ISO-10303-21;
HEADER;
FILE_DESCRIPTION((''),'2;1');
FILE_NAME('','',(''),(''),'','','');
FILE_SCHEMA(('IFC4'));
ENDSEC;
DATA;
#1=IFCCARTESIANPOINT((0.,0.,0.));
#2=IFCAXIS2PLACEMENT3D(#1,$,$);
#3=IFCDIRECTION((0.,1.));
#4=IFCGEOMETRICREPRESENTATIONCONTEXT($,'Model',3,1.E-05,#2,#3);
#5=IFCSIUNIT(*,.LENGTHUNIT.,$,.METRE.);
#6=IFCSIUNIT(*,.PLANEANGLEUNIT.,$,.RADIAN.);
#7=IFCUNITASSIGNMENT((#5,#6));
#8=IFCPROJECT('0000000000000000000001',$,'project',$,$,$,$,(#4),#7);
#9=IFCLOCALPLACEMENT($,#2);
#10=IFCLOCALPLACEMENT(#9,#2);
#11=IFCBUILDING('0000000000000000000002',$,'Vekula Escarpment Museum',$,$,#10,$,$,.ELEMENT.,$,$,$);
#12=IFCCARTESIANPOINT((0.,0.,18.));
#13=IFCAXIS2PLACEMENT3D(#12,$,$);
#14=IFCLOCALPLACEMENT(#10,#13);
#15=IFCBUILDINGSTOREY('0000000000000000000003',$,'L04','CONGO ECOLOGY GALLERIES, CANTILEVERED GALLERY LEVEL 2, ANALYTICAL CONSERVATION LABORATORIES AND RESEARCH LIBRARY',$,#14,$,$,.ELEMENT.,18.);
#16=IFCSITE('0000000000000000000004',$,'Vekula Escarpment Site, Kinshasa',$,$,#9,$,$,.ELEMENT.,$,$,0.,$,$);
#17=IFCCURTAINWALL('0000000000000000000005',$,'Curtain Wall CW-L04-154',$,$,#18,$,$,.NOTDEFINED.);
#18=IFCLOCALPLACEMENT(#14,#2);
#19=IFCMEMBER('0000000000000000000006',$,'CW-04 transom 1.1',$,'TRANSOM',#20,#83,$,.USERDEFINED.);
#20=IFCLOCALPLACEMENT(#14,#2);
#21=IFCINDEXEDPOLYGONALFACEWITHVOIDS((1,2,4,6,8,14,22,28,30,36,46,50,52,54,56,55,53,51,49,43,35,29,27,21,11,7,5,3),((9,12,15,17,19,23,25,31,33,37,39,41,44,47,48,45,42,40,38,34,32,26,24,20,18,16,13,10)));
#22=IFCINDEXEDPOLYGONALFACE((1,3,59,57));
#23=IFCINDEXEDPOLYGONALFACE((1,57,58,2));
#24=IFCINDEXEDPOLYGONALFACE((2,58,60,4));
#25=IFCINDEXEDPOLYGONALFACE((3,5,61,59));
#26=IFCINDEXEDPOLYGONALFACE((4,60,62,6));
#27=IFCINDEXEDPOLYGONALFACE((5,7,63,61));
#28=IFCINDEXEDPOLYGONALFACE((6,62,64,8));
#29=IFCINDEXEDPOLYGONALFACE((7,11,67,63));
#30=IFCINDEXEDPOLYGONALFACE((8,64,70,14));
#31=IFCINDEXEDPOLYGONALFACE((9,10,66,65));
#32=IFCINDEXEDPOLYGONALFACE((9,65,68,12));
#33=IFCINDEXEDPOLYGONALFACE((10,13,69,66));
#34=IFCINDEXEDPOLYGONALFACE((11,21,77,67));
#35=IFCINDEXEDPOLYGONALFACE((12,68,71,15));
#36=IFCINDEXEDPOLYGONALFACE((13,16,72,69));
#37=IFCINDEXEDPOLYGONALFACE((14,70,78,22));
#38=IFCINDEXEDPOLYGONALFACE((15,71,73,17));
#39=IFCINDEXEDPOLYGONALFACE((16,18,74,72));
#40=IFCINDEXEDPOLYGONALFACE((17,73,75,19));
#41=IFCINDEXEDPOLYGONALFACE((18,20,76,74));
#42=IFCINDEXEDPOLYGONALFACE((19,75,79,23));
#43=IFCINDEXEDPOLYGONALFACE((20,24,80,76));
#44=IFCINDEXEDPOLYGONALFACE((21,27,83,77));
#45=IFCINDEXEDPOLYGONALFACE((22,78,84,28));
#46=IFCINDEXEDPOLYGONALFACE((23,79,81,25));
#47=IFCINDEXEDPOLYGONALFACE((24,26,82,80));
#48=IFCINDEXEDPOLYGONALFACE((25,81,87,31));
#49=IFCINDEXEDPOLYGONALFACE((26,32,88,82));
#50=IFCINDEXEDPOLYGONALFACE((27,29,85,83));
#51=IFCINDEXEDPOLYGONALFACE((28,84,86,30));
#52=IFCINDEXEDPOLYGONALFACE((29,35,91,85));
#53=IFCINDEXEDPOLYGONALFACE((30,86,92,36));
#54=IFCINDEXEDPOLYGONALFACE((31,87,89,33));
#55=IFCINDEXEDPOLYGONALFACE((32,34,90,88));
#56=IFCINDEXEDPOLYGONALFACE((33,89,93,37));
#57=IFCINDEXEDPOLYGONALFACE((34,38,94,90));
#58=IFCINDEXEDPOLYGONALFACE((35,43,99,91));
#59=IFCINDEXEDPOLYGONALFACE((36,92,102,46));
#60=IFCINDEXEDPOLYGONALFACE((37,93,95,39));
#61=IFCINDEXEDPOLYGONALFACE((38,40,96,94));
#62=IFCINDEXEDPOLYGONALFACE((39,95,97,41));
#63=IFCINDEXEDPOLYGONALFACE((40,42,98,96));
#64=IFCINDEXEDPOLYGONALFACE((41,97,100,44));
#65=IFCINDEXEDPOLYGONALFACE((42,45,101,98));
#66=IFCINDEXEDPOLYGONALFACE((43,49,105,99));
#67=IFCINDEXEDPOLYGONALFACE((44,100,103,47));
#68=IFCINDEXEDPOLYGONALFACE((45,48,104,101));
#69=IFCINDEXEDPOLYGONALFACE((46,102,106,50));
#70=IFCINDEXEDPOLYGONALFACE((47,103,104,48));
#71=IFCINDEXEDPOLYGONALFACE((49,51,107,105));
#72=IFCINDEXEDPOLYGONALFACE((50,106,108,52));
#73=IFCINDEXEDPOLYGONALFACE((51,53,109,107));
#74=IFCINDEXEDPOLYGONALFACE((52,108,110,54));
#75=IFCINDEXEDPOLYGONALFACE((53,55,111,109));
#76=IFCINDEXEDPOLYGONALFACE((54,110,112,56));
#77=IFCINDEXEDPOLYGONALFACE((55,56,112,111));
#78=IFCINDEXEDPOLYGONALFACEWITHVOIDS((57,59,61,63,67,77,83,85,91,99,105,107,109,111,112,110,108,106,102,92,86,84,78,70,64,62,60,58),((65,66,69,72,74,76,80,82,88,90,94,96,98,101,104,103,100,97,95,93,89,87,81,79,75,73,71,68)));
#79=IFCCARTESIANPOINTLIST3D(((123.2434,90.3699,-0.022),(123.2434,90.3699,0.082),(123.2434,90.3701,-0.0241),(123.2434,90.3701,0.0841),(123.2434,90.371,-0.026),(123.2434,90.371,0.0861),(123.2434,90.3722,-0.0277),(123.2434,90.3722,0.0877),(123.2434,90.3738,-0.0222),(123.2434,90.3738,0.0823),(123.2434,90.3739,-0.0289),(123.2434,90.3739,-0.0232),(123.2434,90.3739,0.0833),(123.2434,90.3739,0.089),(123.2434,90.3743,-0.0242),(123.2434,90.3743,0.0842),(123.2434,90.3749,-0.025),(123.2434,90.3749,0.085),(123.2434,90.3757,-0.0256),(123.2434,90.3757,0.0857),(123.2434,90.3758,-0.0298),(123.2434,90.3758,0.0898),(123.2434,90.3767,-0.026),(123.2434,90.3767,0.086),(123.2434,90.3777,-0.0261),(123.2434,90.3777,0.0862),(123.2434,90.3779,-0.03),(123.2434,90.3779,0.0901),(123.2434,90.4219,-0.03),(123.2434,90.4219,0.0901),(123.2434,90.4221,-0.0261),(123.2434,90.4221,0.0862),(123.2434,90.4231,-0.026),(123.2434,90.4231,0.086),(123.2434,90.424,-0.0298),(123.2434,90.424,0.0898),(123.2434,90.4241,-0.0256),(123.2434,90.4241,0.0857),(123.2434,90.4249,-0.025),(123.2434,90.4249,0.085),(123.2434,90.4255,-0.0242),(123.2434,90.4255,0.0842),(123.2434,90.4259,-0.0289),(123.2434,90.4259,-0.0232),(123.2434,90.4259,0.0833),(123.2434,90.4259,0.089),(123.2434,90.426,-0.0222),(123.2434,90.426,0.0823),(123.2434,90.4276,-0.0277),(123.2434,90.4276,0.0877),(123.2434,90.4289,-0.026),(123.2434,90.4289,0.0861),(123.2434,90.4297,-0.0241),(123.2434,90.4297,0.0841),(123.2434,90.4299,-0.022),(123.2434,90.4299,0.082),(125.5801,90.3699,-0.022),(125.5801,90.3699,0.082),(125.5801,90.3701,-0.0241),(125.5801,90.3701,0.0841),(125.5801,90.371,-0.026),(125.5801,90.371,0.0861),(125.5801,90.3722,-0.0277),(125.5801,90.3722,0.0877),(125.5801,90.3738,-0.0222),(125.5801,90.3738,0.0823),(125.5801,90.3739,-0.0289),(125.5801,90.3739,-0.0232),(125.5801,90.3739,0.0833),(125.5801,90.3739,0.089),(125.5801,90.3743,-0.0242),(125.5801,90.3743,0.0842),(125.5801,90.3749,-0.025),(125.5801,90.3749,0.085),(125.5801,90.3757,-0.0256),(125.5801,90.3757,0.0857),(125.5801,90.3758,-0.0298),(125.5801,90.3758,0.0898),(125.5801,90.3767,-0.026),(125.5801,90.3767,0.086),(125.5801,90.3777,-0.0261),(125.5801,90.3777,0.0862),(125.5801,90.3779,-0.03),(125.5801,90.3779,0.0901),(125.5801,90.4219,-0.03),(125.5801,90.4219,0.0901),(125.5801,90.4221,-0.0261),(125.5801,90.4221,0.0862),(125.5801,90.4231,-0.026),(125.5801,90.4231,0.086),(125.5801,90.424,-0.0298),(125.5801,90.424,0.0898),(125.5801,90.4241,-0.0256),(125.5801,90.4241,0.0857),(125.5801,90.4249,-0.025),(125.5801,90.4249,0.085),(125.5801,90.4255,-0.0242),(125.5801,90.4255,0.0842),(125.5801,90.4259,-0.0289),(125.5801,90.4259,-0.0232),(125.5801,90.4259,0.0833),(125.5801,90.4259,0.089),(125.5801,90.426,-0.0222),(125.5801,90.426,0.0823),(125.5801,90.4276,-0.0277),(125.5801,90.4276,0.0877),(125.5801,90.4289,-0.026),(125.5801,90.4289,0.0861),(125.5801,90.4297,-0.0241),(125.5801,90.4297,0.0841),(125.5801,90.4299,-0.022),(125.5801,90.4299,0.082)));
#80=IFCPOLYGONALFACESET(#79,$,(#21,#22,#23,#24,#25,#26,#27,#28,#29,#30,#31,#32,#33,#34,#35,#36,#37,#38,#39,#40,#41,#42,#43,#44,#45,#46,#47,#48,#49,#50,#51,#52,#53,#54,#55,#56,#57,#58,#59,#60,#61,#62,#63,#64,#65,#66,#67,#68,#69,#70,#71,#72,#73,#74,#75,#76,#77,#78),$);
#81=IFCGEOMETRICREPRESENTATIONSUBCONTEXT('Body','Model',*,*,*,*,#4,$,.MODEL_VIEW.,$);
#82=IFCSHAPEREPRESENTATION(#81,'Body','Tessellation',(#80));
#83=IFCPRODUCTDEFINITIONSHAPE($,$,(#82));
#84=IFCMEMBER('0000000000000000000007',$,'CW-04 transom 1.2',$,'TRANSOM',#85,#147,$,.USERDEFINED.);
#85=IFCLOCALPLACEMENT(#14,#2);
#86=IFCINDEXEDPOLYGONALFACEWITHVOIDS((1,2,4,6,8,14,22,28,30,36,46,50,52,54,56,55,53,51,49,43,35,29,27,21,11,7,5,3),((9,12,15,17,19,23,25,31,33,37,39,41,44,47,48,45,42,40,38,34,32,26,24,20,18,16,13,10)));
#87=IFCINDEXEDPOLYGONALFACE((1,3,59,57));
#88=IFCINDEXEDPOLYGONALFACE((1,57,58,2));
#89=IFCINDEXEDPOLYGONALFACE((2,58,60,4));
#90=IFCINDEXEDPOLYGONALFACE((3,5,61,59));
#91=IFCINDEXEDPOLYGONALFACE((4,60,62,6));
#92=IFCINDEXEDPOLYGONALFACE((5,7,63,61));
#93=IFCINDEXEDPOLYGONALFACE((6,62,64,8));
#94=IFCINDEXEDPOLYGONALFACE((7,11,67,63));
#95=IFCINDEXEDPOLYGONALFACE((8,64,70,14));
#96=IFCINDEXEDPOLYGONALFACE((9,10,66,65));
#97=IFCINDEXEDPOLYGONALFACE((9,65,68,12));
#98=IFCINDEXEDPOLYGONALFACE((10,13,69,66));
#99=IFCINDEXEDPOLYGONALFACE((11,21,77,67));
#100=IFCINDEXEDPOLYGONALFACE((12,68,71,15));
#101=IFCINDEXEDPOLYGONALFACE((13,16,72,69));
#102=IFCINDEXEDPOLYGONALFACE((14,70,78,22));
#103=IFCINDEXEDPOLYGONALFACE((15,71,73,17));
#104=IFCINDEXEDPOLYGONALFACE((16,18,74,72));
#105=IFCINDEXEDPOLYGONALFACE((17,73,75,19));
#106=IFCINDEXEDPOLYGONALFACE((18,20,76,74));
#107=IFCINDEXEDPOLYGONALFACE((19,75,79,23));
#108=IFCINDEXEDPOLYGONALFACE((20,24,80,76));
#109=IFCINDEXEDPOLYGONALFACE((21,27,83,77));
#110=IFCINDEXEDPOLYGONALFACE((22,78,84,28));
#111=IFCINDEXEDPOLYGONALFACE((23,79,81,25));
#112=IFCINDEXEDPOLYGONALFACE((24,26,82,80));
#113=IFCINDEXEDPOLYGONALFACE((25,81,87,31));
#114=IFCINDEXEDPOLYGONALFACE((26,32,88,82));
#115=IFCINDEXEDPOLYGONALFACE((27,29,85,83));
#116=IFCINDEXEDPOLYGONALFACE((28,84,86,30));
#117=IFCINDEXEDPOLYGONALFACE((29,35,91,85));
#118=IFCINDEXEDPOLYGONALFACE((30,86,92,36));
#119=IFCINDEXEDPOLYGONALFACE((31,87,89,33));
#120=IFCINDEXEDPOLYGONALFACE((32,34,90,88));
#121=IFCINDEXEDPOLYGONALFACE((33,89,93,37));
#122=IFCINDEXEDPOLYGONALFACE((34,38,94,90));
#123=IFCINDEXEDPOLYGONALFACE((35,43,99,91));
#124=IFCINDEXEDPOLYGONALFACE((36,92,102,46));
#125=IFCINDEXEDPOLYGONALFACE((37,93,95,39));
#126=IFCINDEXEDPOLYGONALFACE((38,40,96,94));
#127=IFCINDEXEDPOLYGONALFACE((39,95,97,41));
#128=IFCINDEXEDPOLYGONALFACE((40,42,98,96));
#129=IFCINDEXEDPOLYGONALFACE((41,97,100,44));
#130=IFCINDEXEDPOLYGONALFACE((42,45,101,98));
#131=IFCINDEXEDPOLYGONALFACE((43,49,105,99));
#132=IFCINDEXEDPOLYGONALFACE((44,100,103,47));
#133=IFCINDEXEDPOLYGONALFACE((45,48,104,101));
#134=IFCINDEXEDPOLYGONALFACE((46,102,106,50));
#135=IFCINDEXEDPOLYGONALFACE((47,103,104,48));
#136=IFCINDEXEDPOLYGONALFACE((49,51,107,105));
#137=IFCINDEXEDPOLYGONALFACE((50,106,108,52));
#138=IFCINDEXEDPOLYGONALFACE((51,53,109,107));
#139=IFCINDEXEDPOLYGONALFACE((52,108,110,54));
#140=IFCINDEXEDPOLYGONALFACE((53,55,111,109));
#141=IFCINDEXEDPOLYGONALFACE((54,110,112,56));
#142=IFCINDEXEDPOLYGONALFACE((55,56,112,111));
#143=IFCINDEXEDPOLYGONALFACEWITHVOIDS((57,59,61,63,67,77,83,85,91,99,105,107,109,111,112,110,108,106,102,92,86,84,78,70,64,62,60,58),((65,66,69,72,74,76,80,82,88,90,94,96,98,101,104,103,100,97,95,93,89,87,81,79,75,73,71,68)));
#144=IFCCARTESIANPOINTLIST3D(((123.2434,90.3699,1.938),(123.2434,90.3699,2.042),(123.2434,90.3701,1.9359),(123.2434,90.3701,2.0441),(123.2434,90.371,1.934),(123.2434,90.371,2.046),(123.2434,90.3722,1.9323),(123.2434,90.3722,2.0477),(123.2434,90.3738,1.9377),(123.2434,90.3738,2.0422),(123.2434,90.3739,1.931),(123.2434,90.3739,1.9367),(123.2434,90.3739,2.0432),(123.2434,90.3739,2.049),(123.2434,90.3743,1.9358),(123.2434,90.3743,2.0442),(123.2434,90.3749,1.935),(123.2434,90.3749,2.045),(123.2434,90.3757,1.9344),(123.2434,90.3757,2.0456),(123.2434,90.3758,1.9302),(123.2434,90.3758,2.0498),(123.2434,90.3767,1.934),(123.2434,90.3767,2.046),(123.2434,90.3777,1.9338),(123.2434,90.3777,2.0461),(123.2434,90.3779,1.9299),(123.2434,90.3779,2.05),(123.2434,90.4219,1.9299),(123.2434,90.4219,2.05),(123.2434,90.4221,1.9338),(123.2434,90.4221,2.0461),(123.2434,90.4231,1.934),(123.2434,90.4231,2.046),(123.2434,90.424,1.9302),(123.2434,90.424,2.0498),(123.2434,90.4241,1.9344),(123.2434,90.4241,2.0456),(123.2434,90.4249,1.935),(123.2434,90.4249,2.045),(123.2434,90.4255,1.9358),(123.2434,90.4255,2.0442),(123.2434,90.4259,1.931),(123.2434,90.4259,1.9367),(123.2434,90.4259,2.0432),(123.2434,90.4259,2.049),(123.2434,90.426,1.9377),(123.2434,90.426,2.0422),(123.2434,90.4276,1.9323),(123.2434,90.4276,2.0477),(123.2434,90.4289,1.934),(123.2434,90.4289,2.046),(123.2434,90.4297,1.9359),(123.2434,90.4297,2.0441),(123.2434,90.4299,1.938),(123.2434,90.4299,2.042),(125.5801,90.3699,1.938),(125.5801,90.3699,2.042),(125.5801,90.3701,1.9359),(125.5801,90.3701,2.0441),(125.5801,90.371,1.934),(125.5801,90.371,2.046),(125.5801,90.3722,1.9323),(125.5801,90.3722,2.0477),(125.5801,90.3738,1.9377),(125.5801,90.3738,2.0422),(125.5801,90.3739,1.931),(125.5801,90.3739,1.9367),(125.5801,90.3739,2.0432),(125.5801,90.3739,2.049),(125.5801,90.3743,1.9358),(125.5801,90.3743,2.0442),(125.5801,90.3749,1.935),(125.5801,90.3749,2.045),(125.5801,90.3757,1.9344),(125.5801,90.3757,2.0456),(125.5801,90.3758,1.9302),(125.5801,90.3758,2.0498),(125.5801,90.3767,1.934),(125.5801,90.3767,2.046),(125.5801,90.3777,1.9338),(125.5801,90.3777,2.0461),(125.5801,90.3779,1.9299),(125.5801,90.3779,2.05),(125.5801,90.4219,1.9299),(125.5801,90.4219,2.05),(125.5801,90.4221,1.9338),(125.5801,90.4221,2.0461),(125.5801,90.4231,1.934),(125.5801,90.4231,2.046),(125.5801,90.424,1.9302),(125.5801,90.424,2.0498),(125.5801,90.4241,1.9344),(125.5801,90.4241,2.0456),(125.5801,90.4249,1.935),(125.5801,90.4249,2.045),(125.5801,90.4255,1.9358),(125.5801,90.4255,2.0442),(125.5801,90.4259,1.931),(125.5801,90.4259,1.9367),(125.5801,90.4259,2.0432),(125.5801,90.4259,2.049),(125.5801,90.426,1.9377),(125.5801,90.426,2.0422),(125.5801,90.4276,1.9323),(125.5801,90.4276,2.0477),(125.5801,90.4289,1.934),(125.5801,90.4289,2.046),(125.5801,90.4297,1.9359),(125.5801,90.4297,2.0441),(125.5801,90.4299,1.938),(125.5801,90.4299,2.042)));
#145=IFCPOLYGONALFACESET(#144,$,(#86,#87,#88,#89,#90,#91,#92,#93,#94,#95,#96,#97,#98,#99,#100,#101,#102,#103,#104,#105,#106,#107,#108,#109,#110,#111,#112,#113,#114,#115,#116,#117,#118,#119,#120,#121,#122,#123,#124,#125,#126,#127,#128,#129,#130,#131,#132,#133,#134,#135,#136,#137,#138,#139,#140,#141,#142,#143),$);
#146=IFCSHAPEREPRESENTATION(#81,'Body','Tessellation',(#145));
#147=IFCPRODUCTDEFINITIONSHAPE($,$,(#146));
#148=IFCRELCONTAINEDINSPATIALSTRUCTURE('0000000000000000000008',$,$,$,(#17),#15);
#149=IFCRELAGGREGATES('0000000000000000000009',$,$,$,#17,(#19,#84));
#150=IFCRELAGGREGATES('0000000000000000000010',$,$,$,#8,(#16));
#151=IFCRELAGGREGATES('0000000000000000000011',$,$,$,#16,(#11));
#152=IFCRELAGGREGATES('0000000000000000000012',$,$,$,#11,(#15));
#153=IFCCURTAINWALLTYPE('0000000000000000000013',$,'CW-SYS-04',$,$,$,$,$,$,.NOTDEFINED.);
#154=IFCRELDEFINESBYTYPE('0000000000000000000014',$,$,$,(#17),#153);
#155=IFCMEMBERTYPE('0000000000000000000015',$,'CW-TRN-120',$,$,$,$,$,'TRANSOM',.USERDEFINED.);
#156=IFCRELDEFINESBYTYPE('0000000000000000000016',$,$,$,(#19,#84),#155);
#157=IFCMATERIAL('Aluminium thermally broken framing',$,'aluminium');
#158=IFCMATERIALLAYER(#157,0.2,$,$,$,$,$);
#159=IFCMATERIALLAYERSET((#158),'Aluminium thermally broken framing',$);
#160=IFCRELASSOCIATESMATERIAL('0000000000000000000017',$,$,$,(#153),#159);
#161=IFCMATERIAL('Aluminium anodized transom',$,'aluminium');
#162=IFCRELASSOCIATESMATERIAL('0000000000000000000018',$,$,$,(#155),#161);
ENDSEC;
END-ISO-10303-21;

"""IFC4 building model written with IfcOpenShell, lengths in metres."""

from ifc_helpers import new_model, si_unit, direction, frame, origin, origin_2d, place, context, subcontext, project, spatial, hollow_rectangle, extrude, material, layer, layer_set, material_profile, profile_set, type_object, element, aggregate, save


model = new_model("IFC4")

# Units and contexts
model_context = context("Model", 3, precision=1e-05, world=origin(), true_north=direction((0.0, 1.0)))
body_context = subcontext(model_context, "Body", "Model", "MODEL_VIEW")
ifc_project = project(units=[si_unit("LENGTHUNIT", "METRE"), si_unit("PLANEANGLEUNIT", "RADIAN")], contexts=[model_context])

# Site, building, storey
site_placement = place(None, origin())
site = spatial("IfcSite", under=ifc_project, at=site_placement, Name="Vekula Escarpment Site, Kinshasa", CompositionType="ELEMENT", RefElevation=0.0)
building_placement = place(site_placement, origin())
building = spatial("IfcBuilding", under=site, at=building_placement, Name="Vekula Escarpment Museum", CompositionType="ELEMENT")
storey_placement = place(building_placement, frame((0.0, 0.0, 18.0)))
storey = spatial("IfcBuildingStorey", under=building, at=storey_placement, Name="L04", Description="CONGO ECOLOGY GALLERIES, CANTILEVERED GALLERY LEVEL 2, ANALYTICAL CONSERVATION LABORATORIES AND RESEARCH LIBRARY", CompositionType="ELEMENT", Elevation=18.0)

# Curtain wall
ifc_material_1 = material(Name="Aluminium thermally broken framing", Category="aluminium")
ifc_layer_1 = layer(ifc_material_1, 0.2)
ifc_layer_set_1 = layer_set([ifc_layer_1], Name="Aluminium thermally broken framing")
curtain_wall_type_1 = type_object("IfcCurtainWallType", Name="CW-SYS-04", PredefinedType="NOTDEFINED", material=ifc_layer_set_1)
curtain_wall_1_placement = place(storey_placement, origin())
curtain_wall_1 = element("IfcCurtainWall", 1, at=curtain_wall_1_placement, inside=storey, type_object=curtain_wall_type_1, Name="Curtain Wall CW-L04-154", PredefinedType="NOTDEFINED")

# Members
ifc_material_2 = material(Name="Aluminium anodized transom", Category="aluminium")
ifc_material_profile_1 = material_profile(ifc_material_2, hollow_rectangle(XDim=0.0601, YDim=0.1201, WallThickness=0.0039, InnerFilletRadius=0.0039, OuterFilletRadius=0.0081, at=origin_2d()), Name="ALU 120x60x4")
ifc_profile_set_1 = profile_set([ifc_material_profile_1], Name="Aluminium anodized transom")
member_type_1 = type_object("IfcMemberType", Name="CW-TRN-120", ElementType="TRANSOM", PredefinedType="USERDEFINED", material=ifc_profile_set_1)
member_1_placement = place(storey_placement, frame((125.5801, 90.3999, 0.03), z_axis=(-1.0, 0.0, 0.0), x_axis=(0.0, -1.0, 0.0)))
member_1 = element("IfcMember", 2, at=member_1_placement, type_object=member_type_1, Name="CW-04 transom 1.1", ObjectType="TRANSOM", PredefinedType="USERDEFINED", context=body_context, shape_type="SweptSolid", body=[
    extrude(hollow_rectangle(XDim=0.0601, YDim=0.1201, WallThickness=0.0039, InnerFilletRadius=0.0039, OuterFilletRadius=0.0081, at=origin_2d()), origin(), (0.0, 0.0, 1.0), 2.3367),
])
member_2_placement = place(storey_placement, frame((125.5801, 90.3999, 1.99), z_axis=(-1.0, 0.0, 0.0), x_axis=(0.0, -1.0, 0.0)))
member_2 = element("IfcMember", 3, at=member_2_placement, type_object=member_type_1, Name="CW-04 transom 1.2", ObjectType="TRANSOM", PredefinedType="USERDEFINED", context=body_context, shape_type="SweptSolid", body=[
    extrude(hollow_rectangle(XDim=0.0601, YDim=0.1201, WallThickness=0.0039, InnerFilletRadius=0.0039, OuterFilletRadius=0.0081, at=origin_2d()), origin(), (0.0, 0.0, 1.0), 2.3367),
])
aggregate(curtain_wall_1, [member_1, member_2])

save(model, "model.ifc")
